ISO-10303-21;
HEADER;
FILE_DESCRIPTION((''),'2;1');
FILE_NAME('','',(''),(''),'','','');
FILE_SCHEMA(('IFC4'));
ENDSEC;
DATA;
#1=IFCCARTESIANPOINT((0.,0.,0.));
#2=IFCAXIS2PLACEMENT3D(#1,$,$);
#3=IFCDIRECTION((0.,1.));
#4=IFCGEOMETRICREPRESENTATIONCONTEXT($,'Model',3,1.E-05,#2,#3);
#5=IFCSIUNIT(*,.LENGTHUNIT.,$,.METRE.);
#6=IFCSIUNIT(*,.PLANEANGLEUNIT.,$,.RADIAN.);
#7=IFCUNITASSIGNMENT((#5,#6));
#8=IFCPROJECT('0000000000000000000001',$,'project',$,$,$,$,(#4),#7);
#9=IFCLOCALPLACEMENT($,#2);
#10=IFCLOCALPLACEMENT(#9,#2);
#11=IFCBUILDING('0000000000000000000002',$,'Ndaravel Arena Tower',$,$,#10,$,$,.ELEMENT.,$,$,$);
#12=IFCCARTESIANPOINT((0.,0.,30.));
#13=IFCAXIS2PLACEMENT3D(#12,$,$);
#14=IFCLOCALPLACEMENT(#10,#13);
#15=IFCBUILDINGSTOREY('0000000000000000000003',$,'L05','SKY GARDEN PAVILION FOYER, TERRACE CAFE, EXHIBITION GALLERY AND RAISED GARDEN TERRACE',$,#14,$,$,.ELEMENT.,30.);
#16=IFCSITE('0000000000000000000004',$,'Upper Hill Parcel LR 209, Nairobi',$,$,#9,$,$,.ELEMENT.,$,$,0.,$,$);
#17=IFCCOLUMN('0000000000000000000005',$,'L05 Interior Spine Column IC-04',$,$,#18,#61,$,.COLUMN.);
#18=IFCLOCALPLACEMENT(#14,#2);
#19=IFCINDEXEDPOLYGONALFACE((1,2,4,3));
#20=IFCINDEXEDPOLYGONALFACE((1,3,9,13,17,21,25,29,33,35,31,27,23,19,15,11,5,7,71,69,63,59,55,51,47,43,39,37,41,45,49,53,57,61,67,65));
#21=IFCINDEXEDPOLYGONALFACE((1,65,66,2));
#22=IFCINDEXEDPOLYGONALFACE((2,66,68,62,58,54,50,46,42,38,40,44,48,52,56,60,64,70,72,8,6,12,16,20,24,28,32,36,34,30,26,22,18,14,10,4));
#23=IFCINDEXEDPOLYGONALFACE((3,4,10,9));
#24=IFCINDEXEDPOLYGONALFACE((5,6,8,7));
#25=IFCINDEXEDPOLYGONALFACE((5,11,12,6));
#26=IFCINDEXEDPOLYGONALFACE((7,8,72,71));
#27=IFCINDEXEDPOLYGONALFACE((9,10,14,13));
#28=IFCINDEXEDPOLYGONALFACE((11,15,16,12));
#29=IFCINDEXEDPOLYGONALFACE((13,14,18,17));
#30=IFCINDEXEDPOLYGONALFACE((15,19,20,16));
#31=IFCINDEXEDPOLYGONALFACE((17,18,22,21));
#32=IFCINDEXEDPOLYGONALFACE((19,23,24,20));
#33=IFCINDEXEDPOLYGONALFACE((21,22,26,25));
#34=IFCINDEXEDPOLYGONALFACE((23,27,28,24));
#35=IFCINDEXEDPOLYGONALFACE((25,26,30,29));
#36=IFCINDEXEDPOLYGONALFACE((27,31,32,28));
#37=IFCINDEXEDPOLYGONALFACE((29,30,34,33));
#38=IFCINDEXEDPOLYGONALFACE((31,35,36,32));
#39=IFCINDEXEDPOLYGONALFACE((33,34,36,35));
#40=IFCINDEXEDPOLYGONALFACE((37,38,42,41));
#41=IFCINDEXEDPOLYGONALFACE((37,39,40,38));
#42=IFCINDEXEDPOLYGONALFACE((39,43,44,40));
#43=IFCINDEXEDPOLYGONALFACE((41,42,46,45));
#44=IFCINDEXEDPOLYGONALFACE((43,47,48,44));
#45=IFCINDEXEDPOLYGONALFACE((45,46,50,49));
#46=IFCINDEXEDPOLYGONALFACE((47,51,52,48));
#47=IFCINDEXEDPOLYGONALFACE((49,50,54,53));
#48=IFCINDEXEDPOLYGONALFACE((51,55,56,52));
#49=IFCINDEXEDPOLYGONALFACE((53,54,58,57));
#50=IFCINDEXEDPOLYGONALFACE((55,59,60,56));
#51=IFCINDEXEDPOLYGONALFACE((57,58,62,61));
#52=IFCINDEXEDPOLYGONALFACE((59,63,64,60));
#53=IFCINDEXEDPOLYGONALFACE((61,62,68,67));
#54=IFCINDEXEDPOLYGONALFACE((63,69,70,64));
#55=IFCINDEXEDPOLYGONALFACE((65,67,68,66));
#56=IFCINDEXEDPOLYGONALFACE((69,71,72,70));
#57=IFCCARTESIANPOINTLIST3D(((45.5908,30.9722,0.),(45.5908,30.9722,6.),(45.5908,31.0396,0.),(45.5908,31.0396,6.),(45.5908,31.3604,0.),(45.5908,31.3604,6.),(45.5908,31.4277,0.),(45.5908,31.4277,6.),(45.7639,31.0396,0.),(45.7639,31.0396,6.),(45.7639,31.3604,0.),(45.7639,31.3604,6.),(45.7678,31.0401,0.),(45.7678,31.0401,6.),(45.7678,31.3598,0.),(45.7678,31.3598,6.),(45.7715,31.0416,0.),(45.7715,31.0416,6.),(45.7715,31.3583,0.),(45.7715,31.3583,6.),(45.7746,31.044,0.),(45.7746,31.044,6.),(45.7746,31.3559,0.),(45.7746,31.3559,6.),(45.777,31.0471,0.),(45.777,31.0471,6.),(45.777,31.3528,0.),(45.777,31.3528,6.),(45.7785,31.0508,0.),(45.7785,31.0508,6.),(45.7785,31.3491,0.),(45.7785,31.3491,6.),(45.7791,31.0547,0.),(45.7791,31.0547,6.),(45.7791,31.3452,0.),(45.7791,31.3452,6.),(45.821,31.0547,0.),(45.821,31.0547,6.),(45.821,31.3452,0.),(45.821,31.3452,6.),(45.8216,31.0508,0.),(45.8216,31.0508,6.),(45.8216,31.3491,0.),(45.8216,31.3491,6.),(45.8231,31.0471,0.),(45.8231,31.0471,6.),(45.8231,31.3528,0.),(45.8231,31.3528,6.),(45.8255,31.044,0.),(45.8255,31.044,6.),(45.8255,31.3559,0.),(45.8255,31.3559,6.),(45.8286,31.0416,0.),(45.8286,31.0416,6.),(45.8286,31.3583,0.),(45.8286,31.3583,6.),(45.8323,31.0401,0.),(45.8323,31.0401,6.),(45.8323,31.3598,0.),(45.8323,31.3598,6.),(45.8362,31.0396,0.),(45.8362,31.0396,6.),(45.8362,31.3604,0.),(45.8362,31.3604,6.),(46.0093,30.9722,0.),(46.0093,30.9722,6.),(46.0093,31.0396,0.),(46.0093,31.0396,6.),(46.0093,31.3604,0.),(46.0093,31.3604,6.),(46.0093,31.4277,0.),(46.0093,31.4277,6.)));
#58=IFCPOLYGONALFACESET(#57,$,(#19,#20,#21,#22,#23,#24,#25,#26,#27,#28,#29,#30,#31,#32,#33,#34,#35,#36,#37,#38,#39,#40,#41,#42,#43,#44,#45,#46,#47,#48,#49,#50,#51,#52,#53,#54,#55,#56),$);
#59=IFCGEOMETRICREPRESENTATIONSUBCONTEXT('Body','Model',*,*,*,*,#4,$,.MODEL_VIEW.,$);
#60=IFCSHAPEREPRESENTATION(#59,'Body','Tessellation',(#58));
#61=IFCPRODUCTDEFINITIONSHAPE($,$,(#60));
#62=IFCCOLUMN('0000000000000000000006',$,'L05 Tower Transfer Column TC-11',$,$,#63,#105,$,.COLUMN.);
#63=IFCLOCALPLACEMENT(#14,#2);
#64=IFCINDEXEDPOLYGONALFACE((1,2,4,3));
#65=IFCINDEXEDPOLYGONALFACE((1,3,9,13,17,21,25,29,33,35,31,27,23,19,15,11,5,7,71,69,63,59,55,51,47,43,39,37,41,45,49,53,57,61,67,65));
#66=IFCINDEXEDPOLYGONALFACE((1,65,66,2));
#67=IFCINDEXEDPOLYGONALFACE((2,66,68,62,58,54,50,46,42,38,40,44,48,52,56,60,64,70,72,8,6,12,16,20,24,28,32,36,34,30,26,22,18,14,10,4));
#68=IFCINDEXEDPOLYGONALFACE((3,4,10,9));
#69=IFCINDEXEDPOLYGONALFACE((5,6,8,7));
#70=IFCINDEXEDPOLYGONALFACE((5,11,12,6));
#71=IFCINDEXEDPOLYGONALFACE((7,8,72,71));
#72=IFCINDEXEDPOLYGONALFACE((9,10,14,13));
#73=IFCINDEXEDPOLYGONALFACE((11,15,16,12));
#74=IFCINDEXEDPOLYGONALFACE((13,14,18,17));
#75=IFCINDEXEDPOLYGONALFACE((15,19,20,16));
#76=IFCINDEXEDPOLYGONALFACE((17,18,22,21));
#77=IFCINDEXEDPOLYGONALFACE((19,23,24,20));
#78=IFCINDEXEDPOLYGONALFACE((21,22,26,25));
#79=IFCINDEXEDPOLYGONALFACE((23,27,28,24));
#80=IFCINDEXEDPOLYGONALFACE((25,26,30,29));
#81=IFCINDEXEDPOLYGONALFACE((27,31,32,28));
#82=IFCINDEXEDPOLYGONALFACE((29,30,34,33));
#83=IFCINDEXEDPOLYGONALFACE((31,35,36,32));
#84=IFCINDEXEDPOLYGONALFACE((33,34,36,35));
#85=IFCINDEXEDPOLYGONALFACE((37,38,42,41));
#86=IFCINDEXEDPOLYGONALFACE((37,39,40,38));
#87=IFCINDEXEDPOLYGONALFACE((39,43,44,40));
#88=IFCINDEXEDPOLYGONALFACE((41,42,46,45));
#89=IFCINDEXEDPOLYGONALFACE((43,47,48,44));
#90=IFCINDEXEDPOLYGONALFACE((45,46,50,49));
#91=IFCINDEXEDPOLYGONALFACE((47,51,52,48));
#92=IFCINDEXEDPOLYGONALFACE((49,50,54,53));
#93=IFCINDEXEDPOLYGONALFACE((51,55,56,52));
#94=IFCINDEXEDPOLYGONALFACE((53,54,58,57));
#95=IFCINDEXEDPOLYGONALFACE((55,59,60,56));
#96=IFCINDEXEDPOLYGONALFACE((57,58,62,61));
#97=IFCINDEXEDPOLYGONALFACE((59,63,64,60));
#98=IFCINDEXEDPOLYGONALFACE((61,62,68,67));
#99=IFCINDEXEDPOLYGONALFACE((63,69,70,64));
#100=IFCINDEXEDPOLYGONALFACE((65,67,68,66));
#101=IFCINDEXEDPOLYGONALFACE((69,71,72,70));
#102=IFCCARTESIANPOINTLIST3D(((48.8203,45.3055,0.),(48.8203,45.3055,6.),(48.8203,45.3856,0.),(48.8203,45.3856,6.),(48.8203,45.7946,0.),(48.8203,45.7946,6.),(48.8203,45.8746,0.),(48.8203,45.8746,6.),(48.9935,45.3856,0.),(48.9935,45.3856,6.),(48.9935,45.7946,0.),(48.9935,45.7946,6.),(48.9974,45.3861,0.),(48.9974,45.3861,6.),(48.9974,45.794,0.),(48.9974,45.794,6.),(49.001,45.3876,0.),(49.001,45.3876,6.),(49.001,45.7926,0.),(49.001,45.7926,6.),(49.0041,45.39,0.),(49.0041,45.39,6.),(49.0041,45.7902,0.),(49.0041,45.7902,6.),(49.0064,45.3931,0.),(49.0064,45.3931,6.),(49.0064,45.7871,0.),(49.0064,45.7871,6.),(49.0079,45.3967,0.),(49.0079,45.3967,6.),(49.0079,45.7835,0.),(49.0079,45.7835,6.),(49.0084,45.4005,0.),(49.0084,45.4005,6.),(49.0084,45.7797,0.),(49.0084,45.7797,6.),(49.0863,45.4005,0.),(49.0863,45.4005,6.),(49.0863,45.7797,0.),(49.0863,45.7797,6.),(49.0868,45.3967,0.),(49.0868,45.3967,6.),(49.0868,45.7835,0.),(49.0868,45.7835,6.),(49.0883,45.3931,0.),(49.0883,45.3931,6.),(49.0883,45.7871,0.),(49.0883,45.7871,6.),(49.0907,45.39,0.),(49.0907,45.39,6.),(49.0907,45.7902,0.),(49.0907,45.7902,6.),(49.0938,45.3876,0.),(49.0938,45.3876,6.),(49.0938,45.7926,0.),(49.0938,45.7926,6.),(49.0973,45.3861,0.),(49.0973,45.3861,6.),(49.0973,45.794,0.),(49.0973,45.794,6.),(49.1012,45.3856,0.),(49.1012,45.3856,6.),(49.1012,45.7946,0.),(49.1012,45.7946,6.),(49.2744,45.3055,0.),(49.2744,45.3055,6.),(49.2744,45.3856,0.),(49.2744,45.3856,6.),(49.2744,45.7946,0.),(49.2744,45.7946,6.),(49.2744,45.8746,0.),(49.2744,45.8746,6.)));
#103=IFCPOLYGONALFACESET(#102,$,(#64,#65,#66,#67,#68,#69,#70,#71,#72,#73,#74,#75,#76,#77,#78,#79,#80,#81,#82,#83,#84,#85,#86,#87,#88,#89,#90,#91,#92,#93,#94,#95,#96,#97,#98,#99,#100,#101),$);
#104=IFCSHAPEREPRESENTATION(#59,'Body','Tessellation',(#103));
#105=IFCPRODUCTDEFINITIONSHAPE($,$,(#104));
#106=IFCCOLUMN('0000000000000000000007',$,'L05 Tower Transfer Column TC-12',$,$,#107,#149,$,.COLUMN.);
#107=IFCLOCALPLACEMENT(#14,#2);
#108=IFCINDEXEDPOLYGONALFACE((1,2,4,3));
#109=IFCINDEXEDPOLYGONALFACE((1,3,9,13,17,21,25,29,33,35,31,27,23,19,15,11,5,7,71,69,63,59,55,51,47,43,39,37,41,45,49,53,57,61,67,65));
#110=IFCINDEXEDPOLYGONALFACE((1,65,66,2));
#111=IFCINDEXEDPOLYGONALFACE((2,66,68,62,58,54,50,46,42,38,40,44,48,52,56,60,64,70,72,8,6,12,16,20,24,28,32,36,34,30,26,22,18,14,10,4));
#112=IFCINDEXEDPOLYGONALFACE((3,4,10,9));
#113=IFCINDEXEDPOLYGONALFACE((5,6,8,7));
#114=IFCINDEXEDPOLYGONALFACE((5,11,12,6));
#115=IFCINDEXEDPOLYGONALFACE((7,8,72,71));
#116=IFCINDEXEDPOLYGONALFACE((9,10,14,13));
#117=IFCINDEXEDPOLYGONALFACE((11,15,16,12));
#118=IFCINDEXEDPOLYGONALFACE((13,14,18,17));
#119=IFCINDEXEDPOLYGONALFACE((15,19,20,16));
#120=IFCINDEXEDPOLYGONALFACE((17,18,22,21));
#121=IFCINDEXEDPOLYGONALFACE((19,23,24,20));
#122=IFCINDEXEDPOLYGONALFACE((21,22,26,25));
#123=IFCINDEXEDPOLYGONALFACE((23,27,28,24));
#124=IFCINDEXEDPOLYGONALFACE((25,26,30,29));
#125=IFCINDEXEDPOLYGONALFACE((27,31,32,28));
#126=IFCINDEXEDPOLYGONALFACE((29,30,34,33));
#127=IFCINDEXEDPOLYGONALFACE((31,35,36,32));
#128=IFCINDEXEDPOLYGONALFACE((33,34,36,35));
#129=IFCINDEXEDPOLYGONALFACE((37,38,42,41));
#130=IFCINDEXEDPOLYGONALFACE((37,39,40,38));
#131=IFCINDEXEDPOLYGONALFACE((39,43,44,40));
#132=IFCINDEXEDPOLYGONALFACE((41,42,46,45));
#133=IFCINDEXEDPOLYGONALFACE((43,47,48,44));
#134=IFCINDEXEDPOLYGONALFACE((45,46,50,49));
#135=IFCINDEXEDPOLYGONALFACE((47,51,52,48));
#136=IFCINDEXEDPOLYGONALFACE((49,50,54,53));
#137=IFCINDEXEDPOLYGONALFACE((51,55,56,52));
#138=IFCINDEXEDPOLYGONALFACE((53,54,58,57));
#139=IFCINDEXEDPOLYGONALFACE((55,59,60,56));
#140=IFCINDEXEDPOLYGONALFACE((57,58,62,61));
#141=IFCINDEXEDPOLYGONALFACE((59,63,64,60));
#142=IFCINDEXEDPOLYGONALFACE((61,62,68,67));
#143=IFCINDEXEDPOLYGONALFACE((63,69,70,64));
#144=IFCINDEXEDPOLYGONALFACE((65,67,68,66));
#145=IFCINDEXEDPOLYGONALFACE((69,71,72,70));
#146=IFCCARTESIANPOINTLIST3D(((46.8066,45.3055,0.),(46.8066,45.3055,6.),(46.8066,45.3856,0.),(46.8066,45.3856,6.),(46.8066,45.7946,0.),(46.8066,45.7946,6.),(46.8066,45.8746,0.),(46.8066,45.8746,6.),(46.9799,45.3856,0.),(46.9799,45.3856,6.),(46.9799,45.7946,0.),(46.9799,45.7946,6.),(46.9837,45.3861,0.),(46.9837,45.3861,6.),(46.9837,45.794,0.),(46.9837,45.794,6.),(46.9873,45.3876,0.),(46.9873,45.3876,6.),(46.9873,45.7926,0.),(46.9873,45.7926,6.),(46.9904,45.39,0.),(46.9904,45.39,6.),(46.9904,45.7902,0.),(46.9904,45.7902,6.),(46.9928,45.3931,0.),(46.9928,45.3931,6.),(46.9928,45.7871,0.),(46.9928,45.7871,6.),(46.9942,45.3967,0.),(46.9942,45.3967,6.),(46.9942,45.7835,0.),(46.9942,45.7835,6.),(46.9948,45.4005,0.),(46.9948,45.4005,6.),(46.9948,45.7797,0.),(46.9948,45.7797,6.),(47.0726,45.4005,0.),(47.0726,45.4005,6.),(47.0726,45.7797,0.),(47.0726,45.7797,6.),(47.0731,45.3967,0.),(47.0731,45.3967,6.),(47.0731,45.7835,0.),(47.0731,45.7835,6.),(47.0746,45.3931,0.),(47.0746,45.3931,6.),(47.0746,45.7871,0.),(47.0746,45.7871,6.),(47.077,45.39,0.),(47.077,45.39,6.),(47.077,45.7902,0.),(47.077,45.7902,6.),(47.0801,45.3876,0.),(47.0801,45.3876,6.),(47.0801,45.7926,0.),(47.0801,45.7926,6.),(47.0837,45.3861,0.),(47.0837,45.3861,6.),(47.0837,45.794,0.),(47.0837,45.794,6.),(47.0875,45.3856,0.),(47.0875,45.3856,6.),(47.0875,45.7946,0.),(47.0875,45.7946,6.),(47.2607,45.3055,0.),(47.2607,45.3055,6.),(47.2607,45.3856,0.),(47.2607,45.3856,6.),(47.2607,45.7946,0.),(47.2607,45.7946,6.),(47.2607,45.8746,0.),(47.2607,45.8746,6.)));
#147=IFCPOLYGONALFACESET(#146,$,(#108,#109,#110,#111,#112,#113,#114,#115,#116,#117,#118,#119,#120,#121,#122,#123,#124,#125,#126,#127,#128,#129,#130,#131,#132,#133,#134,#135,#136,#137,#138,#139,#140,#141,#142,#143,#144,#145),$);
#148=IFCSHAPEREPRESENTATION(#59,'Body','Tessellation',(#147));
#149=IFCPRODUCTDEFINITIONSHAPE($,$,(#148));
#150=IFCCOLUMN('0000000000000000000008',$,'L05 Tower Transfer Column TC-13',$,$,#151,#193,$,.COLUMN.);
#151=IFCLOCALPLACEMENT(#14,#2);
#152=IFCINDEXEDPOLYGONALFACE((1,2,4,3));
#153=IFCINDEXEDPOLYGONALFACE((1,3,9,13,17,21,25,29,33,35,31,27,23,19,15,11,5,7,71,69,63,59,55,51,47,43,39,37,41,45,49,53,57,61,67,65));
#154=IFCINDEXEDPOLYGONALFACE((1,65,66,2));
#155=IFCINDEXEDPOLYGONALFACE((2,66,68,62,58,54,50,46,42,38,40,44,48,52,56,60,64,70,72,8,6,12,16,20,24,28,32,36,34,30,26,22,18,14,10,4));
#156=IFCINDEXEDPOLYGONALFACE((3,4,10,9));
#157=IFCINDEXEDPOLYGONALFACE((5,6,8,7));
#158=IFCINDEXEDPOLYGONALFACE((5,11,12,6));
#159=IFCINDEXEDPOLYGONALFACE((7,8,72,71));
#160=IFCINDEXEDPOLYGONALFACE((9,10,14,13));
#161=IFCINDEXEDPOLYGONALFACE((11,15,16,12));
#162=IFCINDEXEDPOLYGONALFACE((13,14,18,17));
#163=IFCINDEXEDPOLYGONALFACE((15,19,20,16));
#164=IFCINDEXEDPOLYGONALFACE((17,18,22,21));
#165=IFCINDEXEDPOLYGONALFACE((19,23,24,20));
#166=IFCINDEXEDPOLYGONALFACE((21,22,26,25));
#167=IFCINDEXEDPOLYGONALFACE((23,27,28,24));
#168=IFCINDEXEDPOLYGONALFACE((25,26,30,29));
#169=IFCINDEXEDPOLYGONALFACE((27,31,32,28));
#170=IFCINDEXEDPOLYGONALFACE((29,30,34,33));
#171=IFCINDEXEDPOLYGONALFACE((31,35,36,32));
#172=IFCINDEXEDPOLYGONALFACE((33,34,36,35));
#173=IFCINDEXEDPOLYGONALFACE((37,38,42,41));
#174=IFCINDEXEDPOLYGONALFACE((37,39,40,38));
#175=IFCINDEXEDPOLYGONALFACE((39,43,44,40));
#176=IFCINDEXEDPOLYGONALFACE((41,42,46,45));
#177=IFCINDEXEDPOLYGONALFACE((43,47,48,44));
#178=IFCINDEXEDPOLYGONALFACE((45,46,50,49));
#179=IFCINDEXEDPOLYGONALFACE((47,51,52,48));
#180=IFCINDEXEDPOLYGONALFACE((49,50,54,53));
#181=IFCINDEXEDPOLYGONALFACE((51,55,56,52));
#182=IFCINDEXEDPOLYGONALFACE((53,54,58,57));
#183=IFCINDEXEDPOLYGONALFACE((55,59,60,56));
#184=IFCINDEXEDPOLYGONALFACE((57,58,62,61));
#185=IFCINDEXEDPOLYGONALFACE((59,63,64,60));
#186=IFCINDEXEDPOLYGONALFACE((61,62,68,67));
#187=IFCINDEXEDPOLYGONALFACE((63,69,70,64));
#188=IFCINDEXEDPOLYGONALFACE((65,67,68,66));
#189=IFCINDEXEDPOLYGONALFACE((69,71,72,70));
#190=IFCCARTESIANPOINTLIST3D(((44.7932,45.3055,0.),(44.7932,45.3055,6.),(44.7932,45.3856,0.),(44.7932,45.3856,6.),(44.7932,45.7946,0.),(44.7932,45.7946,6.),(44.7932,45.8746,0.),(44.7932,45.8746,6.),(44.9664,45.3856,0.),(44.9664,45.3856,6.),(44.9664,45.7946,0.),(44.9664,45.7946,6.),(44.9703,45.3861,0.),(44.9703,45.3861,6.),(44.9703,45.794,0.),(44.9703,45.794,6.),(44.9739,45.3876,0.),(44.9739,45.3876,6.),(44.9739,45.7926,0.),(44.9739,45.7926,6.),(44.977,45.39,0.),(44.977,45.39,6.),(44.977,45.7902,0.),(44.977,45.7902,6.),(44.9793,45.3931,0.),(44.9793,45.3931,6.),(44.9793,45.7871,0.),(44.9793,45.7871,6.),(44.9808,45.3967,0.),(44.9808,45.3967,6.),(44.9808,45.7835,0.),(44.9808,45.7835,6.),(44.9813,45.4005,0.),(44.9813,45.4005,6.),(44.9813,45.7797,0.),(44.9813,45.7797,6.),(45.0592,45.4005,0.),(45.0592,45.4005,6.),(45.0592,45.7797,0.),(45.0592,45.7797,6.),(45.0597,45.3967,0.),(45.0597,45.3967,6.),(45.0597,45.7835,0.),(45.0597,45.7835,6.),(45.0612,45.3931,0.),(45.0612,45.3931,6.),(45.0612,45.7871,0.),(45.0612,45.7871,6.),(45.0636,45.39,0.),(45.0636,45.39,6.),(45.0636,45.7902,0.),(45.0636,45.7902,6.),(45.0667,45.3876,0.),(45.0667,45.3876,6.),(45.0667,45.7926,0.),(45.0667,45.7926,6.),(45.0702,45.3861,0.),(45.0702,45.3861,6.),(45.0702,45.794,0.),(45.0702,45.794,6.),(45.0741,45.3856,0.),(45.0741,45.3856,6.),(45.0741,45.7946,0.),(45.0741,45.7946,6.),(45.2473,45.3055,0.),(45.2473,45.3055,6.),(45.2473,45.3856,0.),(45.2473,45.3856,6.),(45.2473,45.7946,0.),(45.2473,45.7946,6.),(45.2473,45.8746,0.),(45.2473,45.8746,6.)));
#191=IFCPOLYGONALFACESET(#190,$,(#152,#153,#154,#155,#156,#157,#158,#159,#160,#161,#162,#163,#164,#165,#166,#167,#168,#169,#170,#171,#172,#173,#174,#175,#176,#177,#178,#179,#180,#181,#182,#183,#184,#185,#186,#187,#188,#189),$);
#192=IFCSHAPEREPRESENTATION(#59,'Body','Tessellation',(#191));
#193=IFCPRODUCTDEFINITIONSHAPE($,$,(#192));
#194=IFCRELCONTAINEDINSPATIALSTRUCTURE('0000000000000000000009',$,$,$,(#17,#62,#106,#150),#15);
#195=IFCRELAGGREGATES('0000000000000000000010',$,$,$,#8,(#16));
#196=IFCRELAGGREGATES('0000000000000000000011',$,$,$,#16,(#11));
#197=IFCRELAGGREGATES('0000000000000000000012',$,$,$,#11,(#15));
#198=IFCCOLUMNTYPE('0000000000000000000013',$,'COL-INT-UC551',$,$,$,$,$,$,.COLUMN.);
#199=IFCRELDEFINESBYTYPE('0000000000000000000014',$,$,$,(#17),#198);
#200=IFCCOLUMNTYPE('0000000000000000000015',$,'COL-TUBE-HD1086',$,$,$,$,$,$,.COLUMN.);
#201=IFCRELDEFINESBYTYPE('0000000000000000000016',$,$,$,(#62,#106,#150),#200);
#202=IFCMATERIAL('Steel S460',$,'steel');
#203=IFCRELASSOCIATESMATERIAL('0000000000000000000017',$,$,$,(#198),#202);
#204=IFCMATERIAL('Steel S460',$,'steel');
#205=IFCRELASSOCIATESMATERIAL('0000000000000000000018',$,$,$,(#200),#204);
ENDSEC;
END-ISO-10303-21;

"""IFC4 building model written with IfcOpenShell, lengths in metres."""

from ifc_helpers import new_model, si_unit, direction, frame, origin, origin_2d, place, context, subcontext, project, spatial, i_section, extrude, material, material_profile, profile_set, type_object, element, save


model = new_model("IFC4")

# Units and contexts
model_context = context("Model", 3, precision=1e-05, world=origin(), true_north=direction((0.0, 1.0)))
body_context = subcontext(model_context, "Body", "Model", "MODEL_VIEW")
ifc_project = project(units=[si_unit("LENGTHUNIT", "METRE"), si_unit("PLANEANGLEUNIT", "RADIAN")], contexts=[model_context])

# Site, building, storey
site_placement = place(None, origin())
site = spatial("IfcSite", under=ifc_project, at=site_placement, Name="Upper Hill Parcel LR 209, Nairobi", CompositionType="ELEMENT", RefElevation=0.0)
building_placement = place(site_placement, origin())
building = spatial("IfcBuilding", under=site, at=building_placement, Name="Ndaravel Arena Tower", CompositionType="ELEMENT")
storey_placement = place(building_placement, frame((0.0, 0.0, 30.0)))
storey = spatial("IfcBuildingStorey", under=building, at=storey_placement, Name="L05", Description="SKY GARDEN PAVILION FOYER, TERRACE CAFE, EXHIBITION GALLERY AND RAISED GARDEN TERRACE", CompositionType="ELEMENT", Elevation=30.0)

# Columns
ifc_material_1 = material(Name="Steel S460", Category="steel")
ifc_material_profile_1 = material_profile(ifc_material_1, i_section(OverallWidth=0.4185, OverallDepth=0.4556, WebThickness=0.042, FlangeThickness=0.0674, FilletRadius=0.0151, at=origin_2d()), Name="UC 356x406x551")
ifc_profile_set_1 = profile_set([ifc_material_profile_1], Name="Steel S460")
column_type_1 = type_object("IfcColumnType", Name="COL-INT-UC551", PredefinedType="COLUMN", material=ifc_profile_set_1)
column_placement = place(storey_placement, frame((45.8, 31.2, 0.0), z_axis=(0.0, 0.0, 1.0), x_axis=(1.0, 0.0, 0.0)))
element("IfcColumn", 1, at=column_placement, inside=storey, type_object=column_type_1, Name="L05 Interior Spine Column IC-04", PredefinedType="COLUMN", context=body_context, shape_type="SweptSolid", body=[
    extrude(i_section(OverallWidth=0.4185, OverallDepth=0.4556, WebThickness=0.042, FlangeThickness=0.0674, FilletRadius=0.0151, at=origin_2d()), origin(), (0.0, 0.0, 1.0), 6.0),
])
ifc_material_2 = material(Name="Steel S460", Category="steel")
ifc_material_profile_2 = material_profile(ifc_material_2, i_section(OverallWidth=0.4541, OverallDepth=0.5691, WebThickness=0.0779, FlangeThickness=0.0801, FilletRadius=0.0149, at=origin_2d()), Name="HD 400x1086")
ifc_profile_set_2 = profile_set([ifc_material_profile_2], Name="Steel S460")
column_type_2 = type_object("IfcColumnType", Name="COL-TUBE-HD1086", PredefinedType="COLUMN", material=ifc_profile_set_2)
for number, where, z_axis, x_axis, name in (
    (2, (49.0474, 45.5901, 0.0), (0.0, 0.0, 1.0), (1.0, 0.0, 0.0), "L05 Tower Transfer Column TC-11"),
    (3, (47.0337, 45.5901, 0.0), (0.0, 0.0, 1.0), (1.0, 0.0, 0.0), "L05 Tower Transfer Column TC-12"),
    (4, (45.0203, 45.5901, 0.0), (0.0, 0.0, 1.0), (1.0, 0.0, 0.0), "L05 Tower Transfer Column TC-13"),
):
    element("IfcColumn", number, at=place(storey_placement, frame(where, z_axis=z_axis, x_axis=x_axis)), inside=storey, type_object=column_type_2, Name=name, PredefinedType="COLUMN", context=body_context, shape_type="SweptSolid", body=[
        extrude(i_section(OverallWidth=0.4541, OverallDepth=0.5691, WebThickness=0.0779, FlangeThickness=0.0801, FilletRadius=0.0149, at=origin_2d()), origin(), (0.0, 0.0, 1.0), 6.0),
    ])

save(model, "model.ifc")
